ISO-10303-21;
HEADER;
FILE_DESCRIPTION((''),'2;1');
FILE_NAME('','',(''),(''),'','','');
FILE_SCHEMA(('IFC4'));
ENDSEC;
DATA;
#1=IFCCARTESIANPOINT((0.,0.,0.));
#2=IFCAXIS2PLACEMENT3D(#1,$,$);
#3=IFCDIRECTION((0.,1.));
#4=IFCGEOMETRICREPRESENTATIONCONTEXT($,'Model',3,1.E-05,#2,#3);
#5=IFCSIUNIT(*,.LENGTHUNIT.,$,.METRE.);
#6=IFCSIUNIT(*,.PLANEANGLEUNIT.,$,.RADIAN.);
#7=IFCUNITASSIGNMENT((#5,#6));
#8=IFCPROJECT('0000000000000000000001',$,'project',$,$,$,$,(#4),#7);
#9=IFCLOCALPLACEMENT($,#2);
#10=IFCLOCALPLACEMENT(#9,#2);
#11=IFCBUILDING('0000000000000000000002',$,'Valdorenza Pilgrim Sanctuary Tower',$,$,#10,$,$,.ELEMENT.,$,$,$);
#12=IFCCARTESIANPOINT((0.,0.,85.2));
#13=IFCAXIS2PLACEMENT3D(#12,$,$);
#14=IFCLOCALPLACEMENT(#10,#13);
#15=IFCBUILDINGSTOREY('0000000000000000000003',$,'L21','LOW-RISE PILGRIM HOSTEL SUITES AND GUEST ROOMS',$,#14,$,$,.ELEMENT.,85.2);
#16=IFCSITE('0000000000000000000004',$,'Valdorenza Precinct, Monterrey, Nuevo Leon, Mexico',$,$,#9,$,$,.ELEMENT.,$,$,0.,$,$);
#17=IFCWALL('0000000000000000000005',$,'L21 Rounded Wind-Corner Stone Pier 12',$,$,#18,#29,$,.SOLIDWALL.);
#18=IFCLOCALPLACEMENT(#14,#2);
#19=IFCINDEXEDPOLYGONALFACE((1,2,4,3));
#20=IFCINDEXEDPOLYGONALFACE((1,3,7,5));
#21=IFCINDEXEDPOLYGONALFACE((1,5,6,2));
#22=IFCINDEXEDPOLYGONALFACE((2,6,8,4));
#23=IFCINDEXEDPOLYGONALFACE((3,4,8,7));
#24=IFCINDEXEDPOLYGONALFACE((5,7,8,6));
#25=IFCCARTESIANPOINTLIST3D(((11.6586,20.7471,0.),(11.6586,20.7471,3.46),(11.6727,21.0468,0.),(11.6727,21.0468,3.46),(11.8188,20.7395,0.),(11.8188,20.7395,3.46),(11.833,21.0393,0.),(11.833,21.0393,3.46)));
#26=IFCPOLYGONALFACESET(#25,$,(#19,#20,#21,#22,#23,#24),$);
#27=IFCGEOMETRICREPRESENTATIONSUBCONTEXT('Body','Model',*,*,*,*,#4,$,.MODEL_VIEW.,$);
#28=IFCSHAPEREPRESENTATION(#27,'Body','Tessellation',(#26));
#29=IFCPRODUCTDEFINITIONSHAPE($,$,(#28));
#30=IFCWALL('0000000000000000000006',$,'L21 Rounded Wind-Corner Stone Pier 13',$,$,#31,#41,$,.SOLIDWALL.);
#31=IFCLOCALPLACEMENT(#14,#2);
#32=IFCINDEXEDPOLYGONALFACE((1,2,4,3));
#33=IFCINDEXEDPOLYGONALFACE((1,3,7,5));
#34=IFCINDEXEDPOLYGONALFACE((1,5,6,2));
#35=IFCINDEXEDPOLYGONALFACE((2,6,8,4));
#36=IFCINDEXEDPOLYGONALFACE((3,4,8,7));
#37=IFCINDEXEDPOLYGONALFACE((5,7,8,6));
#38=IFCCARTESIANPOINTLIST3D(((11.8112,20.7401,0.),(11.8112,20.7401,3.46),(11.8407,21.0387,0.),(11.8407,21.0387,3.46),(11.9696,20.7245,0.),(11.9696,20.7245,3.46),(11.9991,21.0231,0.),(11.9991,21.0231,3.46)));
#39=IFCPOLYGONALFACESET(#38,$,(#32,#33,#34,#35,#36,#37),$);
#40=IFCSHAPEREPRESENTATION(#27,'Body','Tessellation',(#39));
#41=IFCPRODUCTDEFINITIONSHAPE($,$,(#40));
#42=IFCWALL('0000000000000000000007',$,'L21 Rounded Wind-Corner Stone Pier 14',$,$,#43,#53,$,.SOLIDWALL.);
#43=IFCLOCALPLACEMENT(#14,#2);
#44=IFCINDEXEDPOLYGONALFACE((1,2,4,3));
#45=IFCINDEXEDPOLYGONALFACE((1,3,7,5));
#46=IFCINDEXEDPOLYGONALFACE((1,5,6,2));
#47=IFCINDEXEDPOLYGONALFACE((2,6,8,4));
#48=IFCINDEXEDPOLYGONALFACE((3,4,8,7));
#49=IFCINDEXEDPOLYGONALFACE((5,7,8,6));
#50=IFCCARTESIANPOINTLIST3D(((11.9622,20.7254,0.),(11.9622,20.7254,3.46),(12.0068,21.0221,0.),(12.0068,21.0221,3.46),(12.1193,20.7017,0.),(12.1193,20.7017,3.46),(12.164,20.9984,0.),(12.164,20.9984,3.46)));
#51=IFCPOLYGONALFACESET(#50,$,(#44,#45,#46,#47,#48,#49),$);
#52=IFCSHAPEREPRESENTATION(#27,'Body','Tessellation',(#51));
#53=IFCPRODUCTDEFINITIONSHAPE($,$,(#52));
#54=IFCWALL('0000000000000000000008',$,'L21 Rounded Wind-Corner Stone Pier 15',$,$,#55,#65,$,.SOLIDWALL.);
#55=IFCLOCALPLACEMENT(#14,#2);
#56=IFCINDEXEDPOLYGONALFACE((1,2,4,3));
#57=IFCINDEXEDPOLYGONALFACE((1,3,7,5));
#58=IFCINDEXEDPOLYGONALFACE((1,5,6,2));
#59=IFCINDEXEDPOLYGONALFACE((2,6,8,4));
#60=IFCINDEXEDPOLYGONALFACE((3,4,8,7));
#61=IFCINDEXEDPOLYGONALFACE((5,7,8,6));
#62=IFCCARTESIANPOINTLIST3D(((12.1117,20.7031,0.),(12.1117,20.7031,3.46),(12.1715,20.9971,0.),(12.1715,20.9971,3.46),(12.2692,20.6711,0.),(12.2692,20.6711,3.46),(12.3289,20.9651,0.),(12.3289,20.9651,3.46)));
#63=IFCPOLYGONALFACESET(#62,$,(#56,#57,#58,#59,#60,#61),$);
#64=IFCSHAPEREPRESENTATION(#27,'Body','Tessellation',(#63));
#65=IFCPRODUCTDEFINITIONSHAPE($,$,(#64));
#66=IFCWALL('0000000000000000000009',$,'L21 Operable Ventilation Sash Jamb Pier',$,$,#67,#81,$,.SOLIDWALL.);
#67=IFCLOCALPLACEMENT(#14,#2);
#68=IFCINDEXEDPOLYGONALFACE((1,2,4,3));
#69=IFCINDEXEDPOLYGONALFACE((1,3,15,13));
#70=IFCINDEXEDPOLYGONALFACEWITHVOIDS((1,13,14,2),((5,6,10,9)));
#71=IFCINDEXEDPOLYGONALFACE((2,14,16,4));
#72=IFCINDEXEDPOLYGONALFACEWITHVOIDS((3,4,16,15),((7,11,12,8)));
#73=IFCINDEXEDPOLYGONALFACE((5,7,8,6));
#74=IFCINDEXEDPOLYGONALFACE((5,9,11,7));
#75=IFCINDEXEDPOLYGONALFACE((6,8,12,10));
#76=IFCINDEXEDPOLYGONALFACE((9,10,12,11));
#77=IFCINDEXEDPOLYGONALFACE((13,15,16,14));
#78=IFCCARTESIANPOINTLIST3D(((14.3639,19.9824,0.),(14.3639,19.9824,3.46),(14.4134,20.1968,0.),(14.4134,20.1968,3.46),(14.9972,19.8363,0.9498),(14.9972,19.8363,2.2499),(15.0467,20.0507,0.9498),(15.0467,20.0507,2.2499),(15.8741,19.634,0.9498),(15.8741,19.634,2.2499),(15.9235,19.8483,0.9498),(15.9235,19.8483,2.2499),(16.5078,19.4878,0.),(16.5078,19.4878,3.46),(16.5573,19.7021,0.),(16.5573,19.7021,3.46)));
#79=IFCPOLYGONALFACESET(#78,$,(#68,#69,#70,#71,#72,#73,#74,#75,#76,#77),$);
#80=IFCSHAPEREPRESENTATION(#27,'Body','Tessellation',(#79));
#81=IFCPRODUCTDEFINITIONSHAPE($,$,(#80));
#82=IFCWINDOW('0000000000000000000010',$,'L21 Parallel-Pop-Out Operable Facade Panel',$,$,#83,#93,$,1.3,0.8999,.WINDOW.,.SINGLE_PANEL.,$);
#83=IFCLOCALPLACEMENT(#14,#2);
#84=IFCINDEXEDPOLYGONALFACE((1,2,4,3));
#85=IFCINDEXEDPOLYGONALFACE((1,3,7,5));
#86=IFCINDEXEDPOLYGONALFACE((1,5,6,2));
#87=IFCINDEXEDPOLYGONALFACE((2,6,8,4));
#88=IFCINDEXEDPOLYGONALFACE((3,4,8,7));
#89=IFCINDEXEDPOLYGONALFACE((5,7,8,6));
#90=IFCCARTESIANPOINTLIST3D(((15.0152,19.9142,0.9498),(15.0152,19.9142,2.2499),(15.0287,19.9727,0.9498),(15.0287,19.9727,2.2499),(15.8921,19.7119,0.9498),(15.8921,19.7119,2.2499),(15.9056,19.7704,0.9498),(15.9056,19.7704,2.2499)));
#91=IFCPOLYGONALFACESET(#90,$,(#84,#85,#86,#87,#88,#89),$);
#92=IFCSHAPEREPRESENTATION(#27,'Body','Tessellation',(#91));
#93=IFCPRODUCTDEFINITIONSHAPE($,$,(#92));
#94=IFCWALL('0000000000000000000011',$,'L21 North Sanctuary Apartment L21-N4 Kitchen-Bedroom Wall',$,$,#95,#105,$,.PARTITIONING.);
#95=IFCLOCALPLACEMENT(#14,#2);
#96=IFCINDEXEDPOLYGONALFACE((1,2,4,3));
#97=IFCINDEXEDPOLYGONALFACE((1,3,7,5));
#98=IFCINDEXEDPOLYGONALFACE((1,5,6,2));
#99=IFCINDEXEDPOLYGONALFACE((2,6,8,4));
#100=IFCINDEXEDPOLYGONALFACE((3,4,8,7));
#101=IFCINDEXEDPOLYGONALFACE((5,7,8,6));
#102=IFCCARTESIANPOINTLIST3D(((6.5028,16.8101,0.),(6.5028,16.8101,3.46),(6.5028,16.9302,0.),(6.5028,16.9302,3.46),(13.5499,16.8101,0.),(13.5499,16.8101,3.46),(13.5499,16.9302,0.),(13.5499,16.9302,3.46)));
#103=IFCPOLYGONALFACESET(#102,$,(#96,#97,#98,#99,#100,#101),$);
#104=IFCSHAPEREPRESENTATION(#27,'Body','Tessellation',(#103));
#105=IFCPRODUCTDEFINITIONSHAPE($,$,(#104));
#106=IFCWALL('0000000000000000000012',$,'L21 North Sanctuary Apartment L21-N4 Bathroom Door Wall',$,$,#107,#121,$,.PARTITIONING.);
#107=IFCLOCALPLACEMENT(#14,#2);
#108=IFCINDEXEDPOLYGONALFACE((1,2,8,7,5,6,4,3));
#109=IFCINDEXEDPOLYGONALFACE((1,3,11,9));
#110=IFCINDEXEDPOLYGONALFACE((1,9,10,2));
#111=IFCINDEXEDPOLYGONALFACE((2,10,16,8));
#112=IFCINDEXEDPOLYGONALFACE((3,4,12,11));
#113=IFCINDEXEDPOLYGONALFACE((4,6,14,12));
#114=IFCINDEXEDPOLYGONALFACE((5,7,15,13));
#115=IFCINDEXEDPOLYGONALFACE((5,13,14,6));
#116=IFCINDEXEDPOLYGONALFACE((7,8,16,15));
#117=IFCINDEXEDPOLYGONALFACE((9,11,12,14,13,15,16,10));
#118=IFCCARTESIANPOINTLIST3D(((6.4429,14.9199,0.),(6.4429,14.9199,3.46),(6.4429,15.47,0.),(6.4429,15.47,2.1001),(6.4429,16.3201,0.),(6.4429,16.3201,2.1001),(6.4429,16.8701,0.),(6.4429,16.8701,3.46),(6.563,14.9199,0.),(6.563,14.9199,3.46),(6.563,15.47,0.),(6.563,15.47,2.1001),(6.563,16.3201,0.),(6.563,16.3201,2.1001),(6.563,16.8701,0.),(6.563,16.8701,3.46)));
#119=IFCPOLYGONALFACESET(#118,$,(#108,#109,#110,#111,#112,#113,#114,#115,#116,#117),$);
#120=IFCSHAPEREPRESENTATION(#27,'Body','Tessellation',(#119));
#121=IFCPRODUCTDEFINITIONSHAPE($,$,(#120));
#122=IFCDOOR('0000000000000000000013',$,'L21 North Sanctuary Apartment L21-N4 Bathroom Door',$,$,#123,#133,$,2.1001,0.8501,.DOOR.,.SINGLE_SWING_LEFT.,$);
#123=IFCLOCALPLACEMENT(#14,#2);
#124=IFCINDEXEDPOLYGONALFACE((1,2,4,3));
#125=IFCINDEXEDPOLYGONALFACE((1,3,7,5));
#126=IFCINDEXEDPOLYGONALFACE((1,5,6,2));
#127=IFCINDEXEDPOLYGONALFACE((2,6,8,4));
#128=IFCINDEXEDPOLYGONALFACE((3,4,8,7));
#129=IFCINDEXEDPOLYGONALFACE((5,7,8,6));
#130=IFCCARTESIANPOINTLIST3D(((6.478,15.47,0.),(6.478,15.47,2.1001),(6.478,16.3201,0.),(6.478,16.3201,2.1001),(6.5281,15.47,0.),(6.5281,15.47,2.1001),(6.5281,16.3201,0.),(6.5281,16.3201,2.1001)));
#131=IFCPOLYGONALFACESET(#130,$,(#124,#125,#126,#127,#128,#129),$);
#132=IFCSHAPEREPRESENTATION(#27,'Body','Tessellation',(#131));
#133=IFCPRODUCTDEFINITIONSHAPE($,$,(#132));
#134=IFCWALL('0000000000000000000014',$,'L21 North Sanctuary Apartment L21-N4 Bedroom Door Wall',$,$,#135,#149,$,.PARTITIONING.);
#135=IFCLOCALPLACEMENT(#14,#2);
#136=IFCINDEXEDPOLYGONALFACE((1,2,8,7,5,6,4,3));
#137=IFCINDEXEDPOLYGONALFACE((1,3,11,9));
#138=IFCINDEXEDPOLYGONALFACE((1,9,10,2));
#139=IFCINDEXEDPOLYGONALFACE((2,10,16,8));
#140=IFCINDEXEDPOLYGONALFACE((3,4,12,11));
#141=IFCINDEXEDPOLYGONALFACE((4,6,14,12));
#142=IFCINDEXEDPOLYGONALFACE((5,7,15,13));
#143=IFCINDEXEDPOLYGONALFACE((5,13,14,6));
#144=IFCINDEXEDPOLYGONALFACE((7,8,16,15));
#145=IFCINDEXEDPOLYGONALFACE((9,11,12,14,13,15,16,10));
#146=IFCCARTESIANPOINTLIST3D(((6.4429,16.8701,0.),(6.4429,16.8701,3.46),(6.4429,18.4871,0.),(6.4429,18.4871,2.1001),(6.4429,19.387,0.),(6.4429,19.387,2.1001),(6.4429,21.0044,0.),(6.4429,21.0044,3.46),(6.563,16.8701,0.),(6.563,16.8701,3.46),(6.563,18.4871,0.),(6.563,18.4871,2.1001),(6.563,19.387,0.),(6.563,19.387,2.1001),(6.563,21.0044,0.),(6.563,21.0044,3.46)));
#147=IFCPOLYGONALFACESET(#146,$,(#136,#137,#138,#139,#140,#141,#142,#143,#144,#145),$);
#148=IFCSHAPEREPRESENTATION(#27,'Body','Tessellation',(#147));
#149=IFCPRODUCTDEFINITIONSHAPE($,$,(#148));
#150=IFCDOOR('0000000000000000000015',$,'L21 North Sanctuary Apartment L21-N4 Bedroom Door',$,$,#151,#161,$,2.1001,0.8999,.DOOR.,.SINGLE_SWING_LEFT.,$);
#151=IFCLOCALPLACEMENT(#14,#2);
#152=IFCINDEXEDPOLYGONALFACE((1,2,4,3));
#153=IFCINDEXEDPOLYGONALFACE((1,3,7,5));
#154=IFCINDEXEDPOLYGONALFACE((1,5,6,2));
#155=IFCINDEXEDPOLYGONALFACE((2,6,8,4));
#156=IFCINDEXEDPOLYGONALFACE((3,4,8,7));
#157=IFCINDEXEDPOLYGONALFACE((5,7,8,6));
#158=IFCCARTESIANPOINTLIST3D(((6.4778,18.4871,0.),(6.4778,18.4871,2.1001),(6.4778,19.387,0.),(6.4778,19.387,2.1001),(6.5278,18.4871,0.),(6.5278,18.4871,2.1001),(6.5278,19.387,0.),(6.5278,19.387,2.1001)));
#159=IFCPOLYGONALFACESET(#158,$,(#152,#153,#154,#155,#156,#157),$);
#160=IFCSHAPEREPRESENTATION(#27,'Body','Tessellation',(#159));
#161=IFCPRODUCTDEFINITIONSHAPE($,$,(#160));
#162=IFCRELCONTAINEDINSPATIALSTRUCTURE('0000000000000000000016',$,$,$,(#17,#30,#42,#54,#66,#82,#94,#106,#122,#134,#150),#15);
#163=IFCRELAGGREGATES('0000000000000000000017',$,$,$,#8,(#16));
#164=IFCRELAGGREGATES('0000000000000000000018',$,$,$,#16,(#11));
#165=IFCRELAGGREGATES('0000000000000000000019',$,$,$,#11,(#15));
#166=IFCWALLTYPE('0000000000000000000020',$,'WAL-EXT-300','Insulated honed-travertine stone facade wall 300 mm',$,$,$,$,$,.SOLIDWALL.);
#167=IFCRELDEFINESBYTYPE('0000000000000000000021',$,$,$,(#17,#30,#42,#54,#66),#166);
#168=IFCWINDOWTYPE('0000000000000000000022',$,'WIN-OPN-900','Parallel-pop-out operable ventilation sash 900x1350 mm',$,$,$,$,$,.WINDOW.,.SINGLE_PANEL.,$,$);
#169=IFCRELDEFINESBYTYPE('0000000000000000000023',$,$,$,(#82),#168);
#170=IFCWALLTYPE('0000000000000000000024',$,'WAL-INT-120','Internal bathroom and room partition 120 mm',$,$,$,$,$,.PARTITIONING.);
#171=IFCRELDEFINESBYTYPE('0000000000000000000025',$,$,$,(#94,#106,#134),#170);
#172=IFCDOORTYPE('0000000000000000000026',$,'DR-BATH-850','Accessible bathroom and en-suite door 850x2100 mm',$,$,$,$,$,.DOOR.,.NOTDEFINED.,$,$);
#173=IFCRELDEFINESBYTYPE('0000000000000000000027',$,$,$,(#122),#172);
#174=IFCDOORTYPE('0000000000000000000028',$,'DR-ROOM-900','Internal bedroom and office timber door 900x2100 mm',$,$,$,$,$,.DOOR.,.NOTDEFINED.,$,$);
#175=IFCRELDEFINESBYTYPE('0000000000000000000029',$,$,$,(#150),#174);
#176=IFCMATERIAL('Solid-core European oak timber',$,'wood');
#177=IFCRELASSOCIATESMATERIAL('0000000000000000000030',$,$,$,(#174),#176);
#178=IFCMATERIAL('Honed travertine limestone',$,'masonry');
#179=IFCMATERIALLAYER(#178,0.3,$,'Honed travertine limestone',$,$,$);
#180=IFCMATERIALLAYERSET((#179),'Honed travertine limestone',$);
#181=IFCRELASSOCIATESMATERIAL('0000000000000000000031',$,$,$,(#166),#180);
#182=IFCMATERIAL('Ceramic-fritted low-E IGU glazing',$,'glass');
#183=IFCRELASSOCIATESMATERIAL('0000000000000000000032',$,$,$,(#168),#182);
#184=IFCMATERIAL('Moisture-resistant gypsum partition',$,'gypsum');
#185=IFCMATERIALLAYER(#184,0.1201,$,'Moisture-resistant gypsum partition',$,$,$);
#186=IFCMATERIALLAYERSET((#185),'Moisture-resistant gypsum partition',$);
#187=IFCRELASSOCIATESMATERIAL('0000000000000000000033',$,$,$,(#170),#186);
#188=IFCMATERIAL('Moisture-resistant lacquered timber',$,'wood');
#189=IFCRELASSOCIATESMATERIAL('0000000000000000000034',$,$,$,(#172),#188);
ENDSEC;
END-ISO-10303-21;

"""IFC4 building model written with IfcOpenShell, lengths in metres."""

from ifc_helpers import new_model, si_unit, direction, frame, frame_2d, origin, place, context, subcontext, project, spatial, rectangle, extrude, material, layer, layer_set, type_object, element, fill, save


model = new_model("IFC4")

# Units and contexts
model_context = context("Model", 3, precision=1e-05, world=origin(), true_north=direction((0.0, 1.0)))
body_context = subcontext(model_context, "Body", "Model", "MODEL_VIEW")
ifc_project = project(units=[si_unit("LENGTHUNIT", "METRE"), si_unit("PLANEANGLEUNIT", "RADIAN")], contexts=[model_context])

# Site, building, storey
site_placement = place(None, origin())
site = spatial("IfcSite", under=ifc_project, at=site_placement, Name="Valdorenza Precinct, Monterrey, Nuevo Leon, Mexico", CompositionType="ELEMENT", RefElevation=0.0)
building_placement = place(site_placement, origin())
building = spatial("IfcBuilding", under=site, at=building_placement, Name="Valdorenza Pilgrim Sanctuary Tower", CompositionType="ELEMENT")
storey_placement = place(building_placement, frame((0.0, 0.0, 85.2)))
storey = spatial("IfcBuildingStorey", under=building, at=storey_placement, Name="L21", Description="LOW-RISE PILGRIM HOSTEL SUITES AND GUEST ROOMS", CompositionType="ELEMENT", Elevation=85.2)

# Shared definitions
ifc_material_1 = material(Name="Ceramic-fritted low-E IGU glazing", Category="glass")
ifc_material_2 = material(Name="Honed travertine limestone", Category="masonry")

# Shared definitions
ifc_material_3 = material(Name="Solid-core European oak timber", Category="wood")
door_type_1 = type_object("IfcDoorType", Name="DR-ROOM-900", Description="Internal bedroom and office timber door 900x2100 mm", OperationType="NOTDEFINED", PredefinedType="DOOR", material=ifc_material_3)

# Walls
ifc_layer_1 = layer(ifc_material_2, 0.3, Name="Honed travertine limestone")
ifc_layer_set_1 = layer_set([ifc_layer_1], Name="Honed travertine limestone")
wall_type_1 = type_object("IfcWallType", Name="WAL-EXT-300", Description="Insulated honed-travertine stone facade wall 300 mm", PredefinedType="SOLIDWALL", material=ifc_layer_set_1)
wall_1_placement = place(storey_placement, frame((11.6658, 20.897, 0.0), z_axis=(0.0, 0.0, 1.0), x_axis=(0.998885, -0.047203, 0.0)))
element("IfcWall", 1, at=wall_1_placement, inside=storey, type_object=wall_type_1, Name="L21 Rounded Wind-Corner Stone Pier 12", PredefinedType="SOLIDWALL", context=body_context, shape_type="SweptSolid", body=[
    extrude(rectangle(XDim=0.1604, YDim=0.3, at=frame_2d((0.0801, 0.0))), origin(), (0.0, 0.0, 1.0), 3.46),
])
wall_2_placement = place(storey_placement, frame((11.8259, 20.8894, 0.0), z_axis=(0.0, 0.0, 1.0), x_axis=(0.995173, -0.098137, 0.0)))
element("IfcWall", 2, at=wall_2_placement, inside=storey, type_object=wall_type_1, Name="L21 Rounded Wind-Corner Stone Pier 13", PredefinedType="SOLIDWALL", context=body_context, shape_type="SweptSolid", body=[
    extrude(rectangle(XDim=0.1592, YDim=0.3, at=frame_2d((0.0796, 0.0))), origin(), (0.0, 0.0, 1.0), 3.46),
])
wall_3_placement = place(storey_placement, frame((11.9844, 20.8738, 0.0), z_axis=(0.0, 0.0, 1.0), x_axis=(0.988846, -0.148941, 0.0)))
element("IfcWall", 3, at=wall_3_placement, inside=storey, type_object=wall_type_1, Name="L21 Rounded Wind-Corner Stone Pier 14", PredefinedType="SOLIDWALL", context=body_context, shape_type="SweptSolid", body=[
    extrude(rectangle(XDim=0.1589, YDim=0.3, at=frame_2d((0.0796, 0.0))), origin(), (0.0, 0.0, 1.0), 3.46),
])
wall_4_placement = place(storey_placement, frame((12.1416, 20.8501, 0.0), z_axis=(0.0, 0.0, 1.0), x_axis=(0.979992, -0.199037, 0.0)))
element("IfcWall", 4, at=wall_4_placement, inside=storey, type_object=wall_type_1, Name="L21 Rounded Wind-Corner Stone Pier 15", PredefinedType="SOLIDWALL", context=body_context, shape_type="SweptSolid", body=[
    extrude(rectangle(XDim=0.1606, YDim=0.3, at=frame_2d((0.0803, 0.0))), origin(), (0.0, 0.0, 1.0), 3.46),
])

# Wall, opening, window
wall_5_placement = place(storey_placement, frame((14.3887, 20.0896, 0.0), z_axis=(0.0, 0.0, 1.0), x_axis=(0.974401, -0.224819, 0.0)))
wall_5 = element("IfcWall", 5, at=wall_5_placement, inside=storey, type_object=wall_type_1, Name="L21 Operable Ventilation Sash Jamb Pier", PredefinedType="SOLIDWALL", context=body_context, shape_type="SweptSolid", body=[
    extrude(rectangle(XDim=2.2002, YDim=0.22, at=frame_2d((1.1001, 0.0))), origin(), (0.0, 0.0, 1.0), 3.46),
])
opening_1_placement = place(wall_5_placement, frame((0.6499, 0.0, 0.95)))
opening_1 = element("IfcOpeningElement", 6, at=opening_1_placement, cuts=wall_5, PredefinedType="OPENING", context=body_context, shape_type="SweptSolid", body=[
    extrude(rectangle(XDim=0.8999, YDim=1.3, at=frame_2d((0.45, 0.6499))), frame((0.0, 0.125, 0.0), z_axis=(0.0, -1.0, 0.0), x_axis=(1.0, 0.0, 0.0)), (0.0, 0.0, 1.0), 0.2498),
])
window_type = type_object("IfcWindowType", Name="WIN-OPN-900", Description="Parallel-pop-out operable ventilation sash 900x1350 mm", PartitioningType="SINGLE_PANEL", PredefinedType="WINDOW", material=ifc_material_1)
window_placement = place(opening_1_placement, origin())
window = element("IfcWindow", 7, at=window_placement, inside=storey, type_object=window_type, Name="L21 Parallel-Pop-Out Operable Facade Panel", OverallHeight=1.3, OverallWidth=0.8999, PartitioningType="SINGLE_PANEL", PredefinedType="WINDOW", context=body_context, shape_type="SweptSolid", body=[
    extrude(rectangle(XDim=0.8999, YDim=1.3, at=frame_2d((0.45, 0.6499))), frame((0.0, 0.03, 0.0), z_axis=(0.0, -1.0, 0.0), x_axis=(1.0, 0.0, 0.0)), (0.0, 0.0, 1.0), 0.0601),
])
fill(opening_1, window)

# Wall
ifc_material_4 = material(Name="Moisture-resistant gypsum partition", Category="gypsum")
ifc_layer_2 = layer(ifc_material_4, 0.1201, Name="Moisture-resistant gypsum partition")
ifc_layer_set_2 = layer_set([ifc_layer_2], Name="Moisture-resistant gypsum partition")
wall_type_2 = type_object("IfcWallType", Name="WAL-INT-120", Description="Internal bathroom and room partition 120 mm", PredefinedType="PARTITIONING", material=ifc_layer_set_2)
wall_6_placement = place(storey_placement, frame((6.5029, 16.8701, 0.0), z_axis=(0.0, 0.0, 1.0), x_axis=(1.0, 0.0, 0.0)))
element("IfcWall", 8, at=wall_6_placement, inside=storey, type_object=wall_type_2, Name="L21 North Sanctuary Apartment L21-N4 Kitchen-Bedroom Wall", PredefinedType="PARTITIONING", context=body_context, shape_type="SweptSolid", body=[
    extrude(rectangle(XDim=7.0471, YDim=0.1201, at=frame_2d((3.5234, 0.0))), origin(), (0.0, 0.0, 1.0), 3.46),
])

# Walls, openings, doors
wall_7_placement = place(storey_placement, frame((6.5029, 14.9199, 0.0), z_axis=(0.0, 0.0, 1.0), x_axis=(0.0, 1.0, 0.0)))
wall_7 = element("IfcWall", 9, at=wall_7_placement, inside=storey, type_object=wall_type_2, Name="L21 North Sanctuary Apartment L21-N4 Bathroom Door Wall", PredefinedType="PARTITIONING", context=body_context, shape_type="SweptSolid", body=[
    extrude(rectangle(XDim=1.9502, YDim=0.1201, at=frame_2d((0.9751, 0.0))), origin(), (0.0, 0.0, 1.0), 3.46),
])
opening_2_placement = place(wall_7_placement, frame((0.55, 0.0, 0.0)))
opening_2 = element("IfcOpeningElement", 10, at=opening_2_placement, cuts=wall_7, PredefinedType="OPENING", context=body_context, shape_type="SweptSolid", body=[
    extrude(rectangle(XDim=0.8501, YDim=2.1001, at=frame_2d((0.425, 1.05))), frame((0.0, 0.075, 0.0), z_axis=(0.0, -1.0, 0.0), x_axis=(1.0, 0.0, 0.0)), (0.0, 0.0, 1.0), 0.1499),
])
ifc_material_5 = material(Name="Moisture-resistant lacquered timber", Category="wood")
door_type_2 = type_object("IfcDoorType", Name="DR-BATH-850", Description="Accessible bathroom and en-suite door 850x2100 mm", OperationType="NOTDEFINED", PredefinedType="DOOR", material=ifc_material_5)
door_1_placement = place(opening_2_placement, origin())
door_1 = element("IfcDoor", 11, at=door_1_placement, inside=storey, type_object=door_type_2, Name="L21 North Sanctuary Apartment L21-N4 Bathroom Door", OperationType="SINGLE_SWING_LEFT", OverallHeight=2.1001, OverallWidth=0.8501, PredefinedType="DOOR", context=body_context, shape_type="SweptSolid", body=[
    extrude(rectangle(XDim=0.8501, YDim=2.1001, at=frame_2d((0.425, 1.05))), frame((0.0, 0.0249, 0.0), z_axis=(0.0, -1.0, 0.0), x_axis=(1.0, 0.0, 0.0)), (0.0, 0.0, 1.0), 0.05),
])
fill(opening_2, door_1)
wall_8_placement = place(storey_placement, frame((6.5029, 16.8701, 0.0), z_axis=(0.0, 0.0, 1.0), x_axis=(0.0, 1.0, 0.0)))
wall_8 = element("IfcWall", 12, at=wall_8_placement, inside=storey, type_object=wall_type_2, Name="L21 North Sanctuary Apartment L21-N4 Bedroom Door Wall", PredefinedType="PARTITIONING", context=body_context, shape_type="SweptSolid", body=[
    extrude(rectangle(XDim=4.1343, YDim=0.1201, at=frame_2d((2.0671, 0.0))), origin(), (0.0, 0.0, 1.0), 3.46),
])
opening_3_placement = place(wall_8_placement, frame((1.6169, 0.0, 0.0)))
opening_3 = element("IfcOpeningElement", 13, at=opening_3_placement, cuts=wall_8, PredefinedType="OPENING", context=body_context, shape_type="SweptSolid", body=[
    extrude(rectangle(XDim=0.8999, YDim=2.1001, at=frame_2d((0.45, 1.05))), frame((0.0, 0.075, 0.0), z_axis=(0.0, -1.0, 0.0), x_axis=(1.0, 0.0, 0.0)), (0.0, 0.0, 1.0), 0.1499),
])
door_2_placement = place(opening_3_placement, frame((0.8999, 0.0, 0.0), z_axis=(0.0, 0.0, 1.0), x_axis=(-1.0, 0.0, 0.0)))
door_2 = element("IfcDoor", 14, at=door_2_placement, inside=storey, type_object=door_type_1, Name="L21 North Sanctuary Apartment L21-N4 Bedroom Door", OperationType="SINGLE_SWING_LEFT", OverallHeight=2.1001, OverallWidth=0.8999, PredefinedType="DOOR", context=body_context, shape_type="SweptSolid", body=[
    extrude(rectangle(XDim=0.8999, YDim=2.1001, at=frame_2d((0.45, 1.05))), frame((0.0, 0.0249, 0.0), z_axis=(0.0, -1.0, 0.0), x_axis=(1.0, 0.0, 0.0)), (0.0, 0.0, 1.0), 0.05),
])
fill(opening_3, door_2)

save(model, "model.ifc")
